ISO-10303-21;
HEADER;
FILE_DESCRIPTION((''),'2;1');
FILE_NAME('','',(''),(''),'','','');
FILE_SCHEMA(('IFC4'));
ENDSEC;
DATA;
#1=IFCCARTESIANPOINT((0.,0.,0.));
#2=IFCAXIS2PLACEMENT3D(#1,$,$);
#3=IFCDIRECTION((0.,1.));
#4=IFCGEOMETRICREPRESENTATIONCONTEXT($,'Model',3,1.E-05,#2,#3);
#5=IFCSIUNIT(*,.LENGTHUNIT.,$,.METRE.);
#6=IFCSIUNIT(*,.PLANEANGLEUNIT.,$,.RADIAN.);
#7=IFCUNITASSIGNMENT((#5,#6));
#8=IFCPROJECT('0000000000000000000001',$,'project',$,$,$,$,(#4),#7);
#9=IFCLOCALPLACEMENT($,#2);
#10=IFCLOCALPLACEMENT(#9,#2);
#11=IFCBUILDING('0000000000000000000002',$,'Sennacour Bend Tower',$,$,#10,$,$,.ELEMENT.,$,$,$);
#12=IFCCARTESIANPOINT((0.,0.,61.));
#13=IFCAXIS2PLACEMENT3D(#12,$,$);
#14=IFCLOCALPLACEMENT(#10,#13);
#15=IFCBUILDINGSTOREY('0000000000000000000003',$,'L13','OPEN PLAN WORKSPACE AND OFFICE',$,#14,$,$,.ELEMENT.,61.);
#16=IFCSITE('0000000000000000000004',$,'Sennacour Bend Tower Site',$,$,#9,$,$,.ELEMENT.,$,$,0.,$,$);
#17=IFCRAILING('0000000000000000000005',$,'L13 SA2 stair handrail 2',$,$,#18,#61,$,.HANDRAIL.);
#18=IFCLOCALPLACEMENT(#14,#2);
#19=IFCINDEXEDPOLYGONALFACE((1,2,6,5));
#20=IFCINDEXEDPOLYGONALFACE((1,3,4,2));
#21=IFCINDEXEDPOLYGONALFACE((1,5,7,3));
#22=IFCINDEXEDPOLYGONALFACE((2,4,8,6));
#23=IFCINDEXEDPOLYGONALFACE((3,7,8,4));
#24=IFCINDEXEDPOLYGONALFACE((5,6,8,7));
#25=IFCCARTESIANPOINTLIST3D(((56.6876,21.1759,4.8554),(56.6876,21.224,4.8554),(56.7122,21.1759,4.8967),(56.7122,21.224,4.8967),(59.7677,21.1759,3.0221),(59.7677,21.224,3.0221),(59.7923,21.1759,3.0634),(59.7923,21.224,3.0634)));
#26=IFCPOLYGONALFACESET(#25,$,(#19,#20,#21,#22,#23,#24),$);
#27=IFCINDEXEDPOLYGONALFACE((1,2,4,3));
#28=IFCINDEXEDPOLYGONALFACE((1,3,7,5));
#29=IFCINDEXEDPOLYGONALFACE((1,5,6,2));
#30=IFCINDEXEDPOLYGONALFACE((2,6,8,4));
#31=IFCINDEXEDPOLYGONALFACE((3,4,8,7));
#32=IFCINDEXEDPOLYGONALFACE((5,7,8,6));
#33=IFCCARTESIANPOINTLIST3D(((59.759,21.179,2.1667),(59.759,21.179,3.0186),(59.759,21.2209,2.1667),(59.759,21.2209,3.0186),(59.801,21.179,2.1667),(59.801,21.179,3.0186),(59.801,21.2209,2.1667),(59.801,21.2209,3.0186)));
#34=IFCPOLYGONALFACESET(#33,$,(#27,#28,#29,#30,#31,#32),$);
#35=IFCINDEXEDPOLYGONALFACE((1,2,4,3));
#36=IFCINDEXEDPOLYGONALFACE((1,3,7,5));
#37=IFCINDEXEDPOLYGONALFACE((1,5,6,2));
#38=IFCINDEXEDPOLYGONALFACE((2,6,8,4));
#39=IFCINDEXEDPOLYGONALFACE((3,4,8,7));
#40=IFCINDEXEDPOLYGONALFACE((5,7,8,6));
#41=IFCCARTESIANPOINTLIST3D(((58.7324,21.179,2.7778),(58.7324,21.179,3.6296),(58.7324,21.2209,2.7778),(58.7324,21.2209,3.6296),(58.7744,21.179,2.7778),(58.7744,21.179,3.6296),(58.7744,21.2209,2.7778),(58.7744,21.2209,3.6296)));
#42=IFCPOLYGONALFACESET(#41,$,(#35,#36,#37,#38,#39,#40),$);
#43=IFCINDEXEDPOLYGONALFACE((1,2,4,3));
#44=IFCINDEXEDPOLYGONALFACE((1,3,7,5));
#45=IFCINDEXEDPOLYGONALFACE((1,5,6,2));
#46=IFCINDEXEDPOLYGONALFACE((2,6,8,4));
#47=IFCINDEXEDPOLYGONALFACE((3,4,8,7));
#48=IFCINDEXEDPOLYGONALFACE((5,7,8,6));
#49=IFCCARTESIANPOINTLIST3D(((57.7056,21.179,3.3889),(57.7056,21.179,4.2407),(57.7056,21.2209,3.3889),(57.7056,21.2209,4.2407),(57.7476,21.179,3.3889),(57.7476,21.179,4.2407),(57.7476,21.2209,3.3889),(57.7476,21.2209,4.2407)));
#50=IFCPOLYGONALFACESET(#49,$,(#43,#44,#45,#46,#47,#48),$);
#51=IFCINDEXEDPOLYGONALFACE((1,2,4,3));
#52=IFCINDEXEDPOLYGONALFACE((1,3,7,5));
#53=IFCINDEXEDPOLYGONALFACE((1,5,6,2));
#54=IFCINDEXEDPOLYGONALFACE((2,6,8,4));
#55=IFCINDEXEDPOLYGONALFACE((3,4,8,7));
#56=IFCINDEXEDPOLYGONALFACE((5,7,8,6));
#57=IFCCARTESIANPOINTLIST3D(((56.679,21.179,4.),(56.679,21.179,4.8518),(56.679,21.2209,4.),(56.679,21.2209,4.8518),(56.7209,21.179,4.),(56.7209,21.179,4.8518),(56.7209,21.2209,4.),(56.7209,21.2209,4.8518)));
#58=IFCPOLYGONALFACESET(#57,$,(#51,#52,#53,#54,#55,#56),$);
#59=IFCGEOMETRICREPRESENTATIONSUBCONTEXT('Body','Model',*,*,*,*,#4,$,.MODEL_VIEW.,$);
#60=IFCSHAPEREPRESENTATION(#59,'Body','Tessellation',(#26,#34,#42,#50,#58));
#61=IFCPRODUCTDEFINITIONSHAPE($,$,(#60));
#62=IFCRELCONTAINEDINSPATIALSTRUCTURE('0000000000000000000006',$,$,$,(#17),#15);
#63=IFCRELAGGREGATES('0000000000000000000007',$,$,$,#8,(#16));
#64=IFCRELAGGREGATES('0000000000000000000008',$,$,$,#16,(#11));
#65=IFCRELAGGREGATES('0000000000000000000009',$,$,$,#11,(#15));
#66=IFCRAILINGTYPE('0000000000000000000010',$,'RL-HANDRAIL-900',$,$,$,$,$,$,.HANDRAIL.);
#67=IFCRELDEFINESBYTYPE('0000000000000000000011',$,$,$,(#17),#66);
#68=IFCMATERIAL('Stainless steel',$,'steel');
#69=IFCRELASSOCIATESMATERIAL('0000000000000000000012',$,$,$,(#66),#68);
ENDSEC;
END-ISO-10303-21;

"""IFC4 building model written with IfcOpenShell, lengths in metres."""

from ifc_helpers import new_model, si_unit, direction, frame, origin, origin_2d, place, context, subcontext, project, spatial, rectangle, extrude, material, type_object, element, save


model = new_model("IFC4")

# Units and contexts
model_context = context("Model", 3, precision=1e-05, world=origin(), true_north=direction((0.0, 1.0)))
body_context = subcontext(model_context, "Body", "Model", "MODEL_VIEW")
ifc_project = project(units=[si_unit("LENGTHUNIT", "METRE"), si_unit("PLANEANGLEUNIT", "RADIAN")], contexts=[model_context])

# Site, building, storey
site_placement = place(None, origin())
site = spatial("IfcSite", under=ifc_project, at=site_placement, Name="Sennacour Bend Tower Site", CompositionType="ELEMENT", RefElevation=0.0)
building_placement = place(site_placement, origin())
building = spatial("IfcBuilding", under=site, at=building_placement, Name="Sennacour Bend Tower", CompositionType="ELEMENT")
storey_placement = place(building_placement, frame((0.0, 0.0, 61.0)))
storey = spatial("IfcBuildingStorey", under=building, at=storey_placement, Name="L13", Description="OPEN PLAN WORKSPACE AND OFFICE", CompositionType="ELEMENT", Elevation=61.0)

# Shared definitions
ifc_material_1 = material(Name="Stainless steel", Category="steel")

# Railing
railing_type_1 = type_object("IfcRailingType", Name="RL-HANDRAIL-900", PredefinedType="HANDRAIL", material=ifc_material_1)
railing_1_placement = place(storey_placement, frame((59.78, 21.2, 2.1667)))
element("IfcRailing", 1, at=railing_1_placement, inside=storey, type_object=railing_type_1, Name="L13 SA2 stair handrail 2", PredefinedType="HANDRAIL", context=body_context, shape_type="SweptSolid", body=[
    extrude(rectangle(XDim=0.0481, YDim=0.0481, at=origin_2d()), frame((0.0, 0.0, 0.876), z_axis=(-0.859309, 0.0, 0.511458), x_axis=(0.0, -1.0, 0.0)), (0.0, 0.0, 1.0), 3.5845),
    extrude(rectangle(XDim=0.042, YDim=0.042, at=origin_2d()), origin(), (0.0, 0.0, 1.0), 0.8518),
    extrude(rectangle(XDim=0.042, YDim=0.042, at=origin_2d()), frame((-1.0266, 0.0, 0.6111)), (0.0, 0.0, 1.0), 0.8518),
    extrude(rectangle(XDim=0.042, YDim=0.042, at=origin_2d()), frame((-2.0535, 0.0, 1.2222)), (0.0, 0.0, 1.0), 0.8518),
    extrude(rectangle(XDim=0.042, YDim=0.042, at=origin_2d()), frame((-3.0801, 0.0, 1.8333)), (0.0, 0.0, 1.0), 0.8518),
])

save(model, "model.ifc")
